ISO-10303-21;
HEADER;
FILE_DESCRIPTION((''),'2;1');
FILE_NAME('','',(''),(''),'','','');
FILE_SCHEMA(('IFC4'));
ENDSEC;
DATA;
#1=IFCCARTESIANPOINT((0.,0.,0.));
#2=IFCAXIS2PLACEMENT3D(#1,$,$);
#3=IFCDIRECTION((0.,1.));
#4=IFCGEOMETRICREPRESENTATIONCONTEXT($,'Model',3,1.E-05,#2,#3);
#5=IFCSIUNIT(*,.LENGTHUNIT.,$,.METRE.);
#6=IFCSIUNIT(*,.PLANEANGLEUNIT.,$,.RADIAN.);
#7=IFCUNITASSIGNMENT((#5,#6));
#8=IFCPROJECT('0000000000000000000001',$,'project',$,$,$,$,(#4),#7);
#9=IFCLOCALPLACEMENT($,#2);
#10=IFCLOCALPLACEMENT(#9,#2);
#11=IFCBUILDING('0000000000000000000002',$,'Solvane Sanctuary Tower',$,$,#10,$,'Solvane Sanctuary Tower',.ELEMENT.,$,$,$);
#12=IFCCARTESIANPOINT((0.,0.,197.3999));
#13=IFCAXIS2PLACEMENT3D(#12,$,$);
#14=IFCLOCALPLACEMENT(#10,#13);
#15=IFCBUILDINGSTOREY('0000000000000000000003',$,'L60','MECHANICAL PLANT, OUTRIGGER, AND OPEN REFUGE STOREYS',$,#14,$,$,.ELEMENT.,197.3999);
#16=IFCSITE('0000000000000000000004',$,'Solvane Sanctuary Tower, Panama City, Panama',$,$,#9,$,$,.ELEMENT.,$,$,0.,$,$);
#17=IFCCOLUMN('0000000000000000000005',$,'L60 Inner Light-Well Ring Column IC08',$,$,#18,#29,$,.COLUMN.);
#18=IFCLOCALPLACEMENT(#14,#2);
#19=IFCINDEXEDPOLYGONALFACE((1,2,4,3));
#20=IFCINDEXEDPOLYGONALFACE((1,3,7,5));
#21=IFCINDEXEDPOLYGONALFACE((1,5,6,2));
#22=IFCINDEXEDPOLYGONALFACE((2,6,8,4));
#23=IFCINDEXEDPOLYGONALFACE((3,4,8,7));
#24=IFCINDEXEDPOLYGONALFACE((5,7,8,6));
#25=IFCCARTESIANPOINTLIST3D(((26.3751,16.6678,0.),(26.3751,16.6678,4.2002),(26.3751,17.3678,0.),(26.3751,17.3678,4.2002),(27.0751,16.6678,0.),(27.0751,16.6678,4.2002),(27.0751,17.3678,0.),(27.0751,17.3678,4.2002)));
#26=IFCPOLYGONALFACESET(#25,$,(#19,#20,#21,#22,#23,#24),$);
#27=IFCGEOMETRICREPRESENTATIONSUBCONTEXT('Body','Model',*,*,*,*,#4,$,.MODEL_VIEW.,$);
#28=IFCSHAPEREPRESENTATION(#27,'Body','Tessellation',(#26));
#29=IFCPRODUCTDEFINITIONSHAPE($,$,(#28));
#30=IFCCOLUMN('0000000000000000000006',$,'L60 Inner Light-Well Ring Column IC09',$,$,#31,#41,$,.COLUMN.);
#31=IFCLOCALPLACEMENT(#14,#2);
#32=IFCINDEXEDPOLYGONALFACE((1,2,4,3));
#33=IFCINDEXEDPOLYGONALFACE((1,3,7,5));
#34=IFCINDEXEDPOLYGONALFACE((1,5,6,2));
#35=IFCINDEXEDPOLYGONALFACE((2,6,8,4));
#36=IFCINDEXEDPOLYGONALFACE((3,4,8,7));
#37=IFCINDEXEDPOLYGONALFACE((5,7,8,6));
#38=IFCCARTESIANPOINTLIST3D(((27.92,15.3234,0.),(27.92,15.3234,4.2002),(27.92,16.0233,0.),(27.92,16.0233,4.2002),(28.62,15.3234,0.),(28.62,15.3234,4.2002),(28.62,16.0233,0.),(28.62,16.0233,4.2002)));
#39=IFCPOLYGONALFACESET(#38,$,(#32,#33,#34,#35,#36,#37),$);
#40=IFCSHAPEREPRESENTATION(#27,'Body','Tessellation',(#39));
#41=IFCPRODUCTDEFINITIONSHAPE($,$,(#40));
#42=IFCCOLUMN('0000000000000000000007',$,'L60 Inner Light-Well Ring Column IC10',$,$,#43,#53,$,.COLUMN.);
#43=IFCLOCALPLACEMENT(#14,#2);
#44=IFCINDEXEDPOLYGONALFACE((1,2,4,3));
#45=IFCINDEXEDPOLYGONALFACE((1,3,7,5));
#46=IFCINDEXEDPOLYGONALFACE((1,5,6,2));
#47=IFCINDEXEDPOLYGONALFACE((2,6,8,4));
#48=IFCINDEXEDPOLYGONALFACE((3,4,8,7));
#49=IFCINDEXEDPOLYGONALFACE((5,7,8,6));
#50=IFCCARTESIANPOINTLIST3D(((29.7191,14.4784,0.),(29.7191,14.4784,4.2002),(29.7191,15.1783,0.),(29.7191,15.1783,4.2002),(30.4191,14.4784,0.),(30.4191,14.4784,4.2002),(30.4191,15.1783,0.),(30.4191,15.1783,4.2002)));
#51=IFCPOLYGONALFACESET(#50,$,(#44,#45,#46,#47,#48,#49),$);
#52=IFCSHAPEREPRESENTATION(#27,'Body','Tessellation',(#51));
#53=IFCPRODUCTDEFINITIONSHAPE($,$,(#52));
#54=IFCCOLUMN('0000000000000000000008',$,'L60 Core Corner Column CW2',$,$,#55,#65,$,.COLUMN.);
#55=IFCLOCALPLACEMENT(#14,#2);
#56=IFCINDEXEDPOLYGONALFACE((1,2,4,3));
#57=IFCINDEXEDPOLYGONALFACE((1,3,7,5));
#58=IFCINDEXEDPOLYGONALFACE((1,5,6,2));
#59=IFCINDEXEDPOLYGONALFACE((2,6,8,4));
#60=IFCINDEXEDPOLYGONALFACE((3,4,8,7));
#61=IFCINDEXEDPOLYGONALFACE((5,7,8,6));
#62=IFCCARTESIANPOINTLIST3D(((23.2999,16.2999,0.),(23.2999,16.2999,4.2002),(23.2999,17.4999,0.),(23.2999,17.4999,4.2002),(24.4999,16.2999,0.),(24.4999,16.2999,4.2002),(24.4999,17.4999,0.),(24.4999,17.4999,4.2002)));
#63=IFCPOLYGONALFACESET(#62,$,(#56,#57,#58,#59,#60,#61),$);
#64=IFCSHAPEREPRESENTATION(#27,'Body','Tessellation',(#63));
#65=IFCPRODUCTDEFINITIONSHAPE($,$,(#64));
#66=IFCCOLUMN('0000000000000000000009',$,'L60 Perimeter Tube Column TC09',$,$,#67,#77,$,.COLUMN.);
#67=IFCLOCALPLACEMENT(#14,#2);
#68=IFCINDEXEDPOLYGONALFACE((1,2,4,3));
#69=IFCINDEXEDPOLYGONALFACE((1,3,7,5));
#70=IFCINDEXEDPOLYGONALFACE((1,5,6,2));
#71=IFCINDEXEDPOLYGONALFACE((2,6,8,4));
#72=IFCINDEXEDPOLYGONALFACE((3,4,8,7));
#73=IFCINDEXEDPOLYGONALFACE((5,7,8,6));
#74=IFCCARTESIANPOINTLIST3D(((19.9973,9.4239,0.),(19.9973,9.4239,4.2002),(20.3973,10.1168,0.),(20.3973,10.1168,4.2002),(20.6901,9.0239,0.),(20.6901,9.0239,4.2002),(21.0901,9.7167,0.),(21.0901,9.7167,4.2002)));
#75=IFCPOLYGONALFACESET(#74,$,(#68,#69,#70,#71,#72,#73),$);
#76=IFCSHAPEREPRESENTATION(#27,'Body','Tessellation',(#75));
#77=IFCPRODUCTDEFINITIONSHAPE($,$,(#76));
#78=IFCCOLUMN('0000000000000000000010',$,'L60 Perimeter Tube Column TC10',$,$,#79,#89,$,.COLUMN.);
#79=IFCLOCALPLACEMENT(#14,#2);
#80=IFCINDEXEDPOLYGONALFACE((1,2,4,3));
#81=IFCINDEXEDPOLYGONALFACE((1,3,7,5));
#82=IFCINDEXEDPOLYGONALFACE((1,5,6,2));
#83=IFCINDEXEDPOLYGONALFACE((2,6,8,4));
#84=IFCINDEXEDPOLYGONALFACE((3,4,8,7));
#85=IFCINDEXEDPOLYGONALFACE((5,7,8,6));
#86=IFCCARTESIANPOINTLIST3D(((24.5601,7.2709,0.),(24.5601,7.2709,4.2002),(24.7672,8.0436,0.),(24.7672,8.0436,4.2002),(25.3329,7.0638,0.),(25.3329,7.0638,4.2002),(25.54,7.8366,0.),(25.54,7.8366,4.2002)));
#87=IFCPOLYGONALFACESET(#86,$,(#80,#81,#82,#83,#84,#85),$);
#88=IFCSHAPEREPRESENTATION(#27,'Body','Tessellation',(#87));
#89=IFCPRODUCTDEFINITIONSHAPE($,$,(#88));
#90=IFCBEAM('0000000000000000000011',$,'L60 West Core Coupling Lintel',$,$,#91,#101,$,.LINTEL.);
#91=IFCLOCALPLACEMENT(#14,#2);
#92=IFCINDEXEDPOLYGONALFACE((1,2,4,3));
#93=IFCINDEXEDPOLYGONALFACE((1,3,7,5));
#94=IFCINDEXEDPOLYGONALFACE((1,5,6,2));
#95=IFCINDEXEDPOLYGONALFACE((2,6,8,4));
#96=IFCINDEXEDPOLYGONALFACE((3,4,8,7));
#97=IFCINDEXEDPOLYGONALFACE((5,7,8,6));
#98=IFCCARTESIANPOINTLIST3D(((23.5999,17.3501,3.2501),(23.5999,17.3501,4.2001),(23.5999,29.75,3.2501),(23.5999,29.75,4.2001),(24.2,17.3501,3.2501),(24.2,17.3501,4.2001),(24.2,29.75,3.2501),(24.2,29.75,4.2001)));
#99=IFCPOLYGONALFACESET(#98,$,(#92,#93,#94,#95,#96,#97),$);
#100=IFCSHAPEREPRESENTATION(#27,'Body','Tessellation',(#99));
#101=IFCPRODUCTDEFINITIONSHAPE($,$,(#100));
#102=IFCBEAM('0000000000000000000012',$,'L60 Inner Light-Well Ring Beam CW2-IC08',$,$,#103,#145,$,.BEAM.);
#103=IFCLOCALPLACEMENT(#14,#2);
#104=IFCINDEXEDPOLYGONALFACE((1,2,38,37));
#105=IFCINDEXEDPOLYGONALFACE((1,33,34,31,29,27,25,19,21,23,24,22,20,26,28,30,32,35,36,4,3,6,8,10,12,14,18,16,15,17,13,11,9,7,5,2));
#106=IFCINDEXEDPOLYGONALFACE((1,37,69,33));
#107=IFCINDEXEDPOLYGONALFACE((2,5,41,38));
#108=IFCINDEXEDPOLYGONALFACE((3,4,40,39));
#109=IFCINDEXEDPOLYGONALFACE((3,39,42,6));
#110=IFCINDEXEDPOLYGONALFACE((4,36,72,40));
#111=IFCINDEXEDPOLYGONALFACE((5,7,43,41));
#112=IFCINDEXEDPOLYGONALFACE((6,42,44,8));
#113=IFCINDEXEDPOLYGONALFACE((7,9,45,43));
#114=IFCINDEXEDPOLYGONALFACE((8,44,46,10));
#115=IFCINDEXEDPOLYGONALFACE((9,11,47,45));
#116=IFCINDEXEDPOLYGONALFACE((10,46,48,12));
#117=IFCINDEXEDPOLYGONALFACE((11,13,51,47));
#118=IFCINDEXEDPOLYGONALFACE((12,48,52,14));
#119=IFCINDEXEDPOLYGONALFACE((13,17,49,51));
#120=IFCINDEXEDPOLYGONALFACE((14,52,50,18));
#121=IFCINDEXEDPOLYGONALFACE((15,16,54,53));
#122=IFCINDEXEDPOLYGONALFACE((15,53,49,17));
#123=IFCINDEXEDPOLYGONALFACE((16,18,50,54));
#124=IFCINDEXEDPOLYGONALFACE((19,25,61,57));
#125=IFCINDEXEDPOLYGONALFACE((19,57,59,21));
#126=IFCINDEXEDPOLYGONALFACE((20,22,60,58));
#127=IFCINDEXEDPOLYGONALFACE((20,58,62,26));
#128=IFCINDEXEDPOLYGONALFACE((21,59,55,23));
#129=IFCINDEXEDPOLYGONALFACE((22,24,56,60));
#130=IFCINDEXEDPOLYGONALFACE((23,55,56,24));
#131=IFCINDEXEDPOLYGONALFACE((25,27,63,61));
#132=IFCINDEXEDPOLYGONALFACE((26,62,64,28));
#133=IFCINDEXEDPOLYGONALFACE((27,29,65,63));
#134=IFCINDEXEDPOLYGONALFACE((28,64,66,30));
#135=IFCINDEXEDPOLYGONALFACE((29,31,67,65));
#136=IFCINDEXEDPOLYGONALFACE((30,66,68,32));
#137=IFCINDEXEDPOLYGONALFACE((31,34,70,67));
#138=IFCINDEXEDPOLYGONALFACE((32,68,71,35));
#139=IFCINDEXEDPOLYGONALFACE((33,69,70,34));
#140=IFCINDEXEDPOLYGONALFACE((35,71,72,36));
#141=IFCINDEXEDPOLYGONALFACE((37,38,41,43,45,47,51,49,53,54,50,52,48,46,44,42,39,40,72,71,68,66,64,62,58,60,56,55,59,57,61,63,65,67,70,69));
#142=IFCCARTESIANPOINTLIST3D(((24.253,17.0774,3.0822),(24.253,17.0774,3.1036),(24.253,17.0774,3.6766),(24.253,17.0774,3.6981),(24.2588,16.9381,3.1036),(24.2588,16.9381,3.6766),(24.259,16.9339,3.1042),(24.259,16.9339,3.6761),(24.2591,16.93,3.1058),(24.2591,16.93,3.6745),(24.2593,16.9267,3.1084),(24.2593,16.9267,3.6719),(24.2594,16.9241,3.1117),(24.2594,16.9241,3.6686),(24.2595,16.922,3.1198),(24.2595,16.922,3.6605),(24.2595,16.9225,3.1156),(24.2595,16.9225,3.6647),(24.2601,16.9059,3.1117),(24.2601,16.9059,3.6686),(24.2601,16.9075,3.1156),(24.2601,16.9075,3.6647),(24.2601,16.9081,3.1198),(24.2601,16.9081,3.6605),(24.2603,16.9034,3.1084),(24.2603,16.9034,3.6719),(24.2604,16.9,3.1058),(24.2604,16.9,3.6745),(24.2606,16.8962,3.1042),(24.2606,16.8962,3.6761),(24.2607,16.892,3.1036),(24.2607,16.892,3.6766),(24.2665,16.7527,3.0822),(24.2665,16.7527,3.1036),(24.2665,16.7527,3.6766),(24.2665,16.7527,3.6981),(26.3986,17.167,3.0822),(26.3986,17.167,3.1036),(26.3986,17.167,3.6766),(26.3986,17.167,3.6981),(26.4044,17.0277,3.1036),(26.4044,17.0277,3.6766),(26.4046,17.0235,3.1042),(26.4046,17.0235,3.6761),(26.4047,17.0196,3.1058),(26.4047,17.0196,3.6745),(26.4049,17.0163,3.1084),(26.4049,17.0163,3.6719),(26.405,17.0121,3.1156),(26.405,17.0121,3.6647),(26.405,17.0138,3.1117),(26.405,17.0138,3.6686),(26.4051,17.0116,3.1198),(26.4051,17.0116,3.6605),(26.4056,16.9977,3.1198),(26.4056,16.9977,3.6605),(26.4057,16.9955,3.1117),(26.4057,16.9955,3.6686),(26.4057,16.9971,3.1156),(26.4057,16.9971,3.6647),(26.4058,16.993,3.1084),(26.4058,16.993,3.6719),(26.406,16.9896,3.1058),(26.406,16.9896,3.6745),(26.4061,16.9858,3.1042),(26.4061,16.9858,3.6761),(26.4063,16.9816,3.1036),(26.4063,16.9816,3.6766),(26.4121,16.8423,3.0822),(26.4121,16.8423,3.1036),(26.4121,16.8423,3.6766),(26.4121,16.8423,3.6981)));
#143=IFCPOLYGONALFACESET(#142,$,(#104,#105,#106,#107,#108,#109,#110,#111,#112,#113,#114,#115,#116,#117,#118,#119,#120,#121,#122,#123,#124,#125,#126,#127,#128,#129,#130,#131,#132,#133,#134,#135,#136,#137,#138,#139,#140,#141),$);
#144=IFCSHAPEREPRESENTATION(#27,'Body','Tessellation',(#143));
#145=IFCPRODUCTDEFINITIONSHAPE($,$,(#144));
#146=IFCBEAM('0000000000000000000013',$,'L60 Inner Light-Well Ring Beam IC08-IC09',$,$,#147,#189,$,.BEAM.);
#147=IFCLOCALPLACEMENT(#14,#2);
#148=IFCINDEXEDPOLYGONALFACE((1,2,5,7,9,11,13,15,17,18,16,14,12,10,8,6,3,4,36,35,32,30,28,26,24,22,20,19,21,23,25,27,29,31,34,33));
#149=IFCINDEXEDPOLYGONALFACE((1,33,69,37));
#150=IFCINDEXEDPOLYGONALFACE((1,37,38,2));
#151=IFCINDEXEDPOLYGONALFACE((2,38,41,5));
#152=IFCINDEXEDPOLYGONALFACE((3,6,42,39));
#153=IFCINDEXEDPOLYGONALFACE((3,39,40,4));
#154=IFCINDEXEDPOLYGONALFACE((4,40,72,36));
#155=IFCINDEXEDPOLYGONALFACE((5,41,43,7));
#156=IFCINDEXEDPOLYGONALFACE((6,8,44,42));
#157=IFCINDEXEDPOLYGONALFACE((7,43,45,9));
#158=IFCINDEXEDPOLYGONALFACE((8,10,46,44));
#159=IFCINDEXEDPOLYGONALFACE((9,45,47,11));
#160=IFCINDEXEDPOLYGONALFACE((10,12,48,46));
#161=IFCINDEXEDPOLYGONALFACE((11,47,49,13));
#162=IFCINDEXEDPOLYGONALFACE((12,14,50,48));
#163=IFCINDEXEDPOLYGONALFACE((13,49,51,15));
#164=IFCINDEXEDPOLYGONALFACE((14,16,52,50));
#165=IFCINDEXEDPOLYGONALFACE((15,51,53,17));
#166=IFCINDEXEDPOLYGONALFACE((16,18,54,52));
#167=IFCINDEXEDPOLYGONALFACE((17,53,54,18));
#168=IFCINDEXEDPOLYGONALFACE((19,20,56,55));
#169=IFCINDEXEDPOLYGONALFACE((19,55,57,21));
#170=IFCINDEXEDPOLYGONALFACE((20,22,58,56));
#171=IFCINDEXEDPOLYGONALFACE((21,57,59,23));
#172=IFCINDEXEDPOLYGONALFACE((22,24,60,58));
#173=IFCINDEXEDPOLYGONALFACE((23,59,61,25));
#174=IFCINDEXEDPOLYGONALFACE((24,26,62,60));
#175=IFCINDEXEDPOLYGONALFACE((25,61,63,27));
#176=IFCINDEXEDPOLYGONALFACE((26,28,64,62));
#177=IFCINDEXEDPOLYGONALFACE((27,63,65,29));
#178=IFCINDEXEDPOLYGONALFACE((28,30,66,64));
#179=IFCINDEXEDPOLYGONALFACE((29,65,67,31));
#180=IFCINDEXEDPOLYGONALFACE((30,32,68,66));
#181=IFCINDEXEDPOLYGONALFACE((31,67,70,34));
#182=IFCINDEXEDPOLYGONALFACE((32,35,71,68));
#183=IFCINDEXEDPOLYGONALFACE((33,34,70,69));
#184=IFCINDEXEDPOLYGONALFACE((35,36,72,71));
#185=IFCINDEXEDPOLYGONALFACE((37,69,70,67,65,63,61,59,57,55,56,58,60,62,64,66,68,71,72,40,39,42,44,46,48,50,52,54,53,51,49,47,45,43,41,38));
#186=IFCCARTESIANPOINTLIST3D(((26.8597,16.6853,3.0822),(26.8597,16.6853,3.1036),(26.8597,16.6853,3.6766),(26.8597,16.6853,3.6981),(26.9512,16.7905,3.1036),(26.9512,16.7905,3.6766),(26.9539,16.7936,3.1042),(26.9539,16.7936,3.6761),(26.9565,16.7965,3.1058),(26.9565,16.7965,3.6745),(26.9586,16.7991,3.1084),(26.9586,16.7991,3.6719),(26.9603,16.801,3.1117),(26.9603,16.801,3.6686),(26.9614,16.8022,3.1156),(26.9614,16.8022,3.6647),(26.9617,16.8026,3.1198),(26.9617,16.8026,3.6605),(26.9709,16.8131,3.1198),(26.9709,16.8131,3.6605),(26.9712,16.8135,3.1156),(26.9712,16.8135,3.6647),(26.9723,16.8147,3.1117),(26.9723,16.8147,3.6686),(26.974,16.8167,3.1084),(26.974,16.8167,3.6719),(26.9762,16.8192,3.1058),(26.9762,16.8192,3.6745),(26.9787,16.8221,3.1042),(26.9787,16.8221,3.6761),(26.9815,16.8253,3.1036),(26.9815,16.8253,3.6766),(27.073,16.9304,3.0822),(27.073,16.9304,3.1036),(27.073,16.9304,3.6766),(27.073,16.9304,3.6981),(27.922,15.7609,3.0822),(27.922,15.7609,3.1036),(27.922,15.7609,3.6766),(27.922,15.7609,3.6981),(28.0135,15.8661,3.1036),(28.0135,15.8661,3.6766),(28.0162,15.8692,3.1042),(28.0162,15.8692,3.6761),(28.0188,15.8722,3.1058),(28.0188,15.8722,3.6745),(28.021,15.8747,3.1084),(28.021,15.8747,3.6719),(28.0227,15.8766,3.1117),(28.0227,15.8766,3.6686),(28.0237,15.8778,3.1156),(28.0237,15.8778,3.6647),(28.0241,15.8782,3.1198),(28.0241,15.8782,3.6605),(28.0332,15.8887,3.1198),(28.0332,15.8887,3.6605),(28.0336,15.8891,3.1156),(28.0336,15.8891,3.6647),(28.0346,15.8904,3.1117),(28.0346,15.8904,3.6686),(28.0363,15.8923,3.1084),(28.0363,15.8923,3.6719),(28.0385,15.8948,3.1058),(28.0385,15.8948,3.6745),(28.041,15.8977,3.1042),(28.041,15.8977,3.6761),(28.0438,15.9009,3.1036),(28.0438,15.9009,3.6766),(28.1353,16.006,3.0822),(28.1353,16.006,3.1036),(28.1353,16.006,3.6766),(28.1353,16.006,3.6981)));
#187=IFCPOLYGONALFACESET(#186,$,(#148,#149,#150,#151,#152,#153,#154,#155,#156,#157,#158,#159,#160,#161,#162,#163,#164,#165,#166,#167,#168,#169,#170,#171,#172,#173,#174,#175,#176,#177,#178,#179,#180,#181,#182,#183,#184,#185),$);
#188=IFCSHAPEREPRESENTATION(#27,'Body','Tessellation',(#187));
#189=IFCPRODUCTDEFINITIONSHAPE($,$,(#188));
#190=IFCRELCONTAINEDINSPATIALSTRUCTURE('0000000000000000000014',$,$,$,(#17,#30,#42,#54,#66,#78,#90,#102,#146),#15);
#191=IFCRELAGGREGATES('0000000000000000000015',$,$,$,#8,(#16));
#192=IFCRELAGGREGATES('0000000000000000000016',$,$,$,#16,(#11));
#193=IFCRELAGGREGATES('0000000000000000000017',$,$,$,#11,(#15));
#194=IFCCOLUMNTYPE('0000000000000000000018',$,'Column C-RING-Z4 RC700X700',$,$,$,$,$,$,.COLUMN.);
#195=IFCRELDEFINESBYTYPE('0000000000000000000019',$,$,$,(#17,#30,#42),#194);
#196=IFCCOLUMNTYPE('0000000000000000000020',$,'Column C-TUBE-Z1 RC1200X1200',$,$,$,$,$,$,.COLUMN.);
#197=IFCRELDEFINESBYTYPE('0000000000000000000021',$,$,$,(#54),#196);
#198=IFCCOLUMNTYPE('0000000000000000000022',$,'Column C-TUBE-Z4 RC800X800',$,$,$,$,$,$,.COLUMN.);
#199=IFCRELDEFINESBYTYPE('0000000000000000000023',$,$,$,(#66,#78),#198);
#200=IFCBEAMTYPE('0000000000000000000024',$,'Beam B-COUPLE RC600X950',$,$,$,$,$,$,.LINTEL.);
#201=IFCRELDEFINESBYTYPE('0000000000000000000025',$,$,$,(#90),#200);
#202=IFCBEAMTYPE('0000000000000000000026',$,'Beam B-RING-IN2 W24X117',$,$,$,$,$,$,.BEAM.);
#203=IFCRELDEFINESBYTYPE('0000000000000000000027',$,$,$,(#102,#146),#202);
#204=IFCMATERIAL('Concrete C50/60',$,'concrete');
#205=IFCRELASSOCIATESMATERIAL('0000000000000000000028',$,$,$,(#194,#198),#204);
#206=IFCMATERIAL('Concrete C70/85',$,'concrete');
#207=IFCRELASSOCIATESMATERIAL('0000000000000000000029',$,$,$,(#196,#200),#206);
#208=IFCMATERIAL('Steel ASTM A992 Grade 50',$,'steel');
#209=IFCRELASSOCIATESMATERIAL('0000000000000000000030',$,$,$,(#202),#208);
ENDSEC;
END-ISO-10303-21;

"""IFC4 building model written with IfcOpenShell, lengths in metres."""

from ifc_helpers import new_model, si_unit, direction, frame, origin, origin_2d, place, context, subcontext, project, spatial, rectangle, i_section, extrude, material, material_profile, profile_set, type_object, element, save


model = new_model("IFC4")

# Units and contexts
model_context = context("Model", 3, precision=1e-05, world=origin(), true_north=direction((0.0, 1.0)))
body_context = subcontext(model_context, "Body", "Model", "MODEL_VIEW")
ifc_project = project(units=[si_unit("LENGTHUNIT", "METRE"), si_unit("PLANEANGLEUNIT", "RADIAN")], contexts=[model_context])

# Site, building, storey
site_placement = place(None, origin())
site = spatial("IfcSite", under=ifc_project, at=site_placement, Name="Solvane Sanctuary Tower, Panama City, Panama", CompositionType="ELEMENT", RefElevation=0.0)
building_placement = place(site_placement, origin())
building = spatial("IfcBuilding", under=site, at=building_placement, Name="Solvane Sanctuary Tower", LongName="Solvane Sanctuary Tower", CompositionType="ELEMENT")
storey_placement = place(building_placement, frame((0.0, 0.0, 197.3999)))
storey = spatial("IfcBuildingStorey", under=building, at=storey_placement, Name="L60", Description="MECHANICAL PLANT, OUTRIGGER, AND OPEN REFUGE STOREYS", CompositionType="ELEMENT", Elevation=197.3999)

# Columns
ifc_material_1 = material(Name="Concrete C50/60", Category="concrete")
ifc_material_profile_1 = material_profile(ifc_material_1, rectangle(XDim=0.7, YDim=0.7, at=origin_2d()), Name="RC700X700")
ifc_profile_set_1 = profile_set([ifc_material_profile_1], Name="Concrete C50/60")
column_type_1 = type_object("IfcColumnType", Name="Column C-RING-Z4 RC700X700", PredefinedType="COLUMN", material=ifc_profile_set_1)
for number, where, z_axis, x_axis, name in (
    (1, (26.7251, 17.0178, 0.0), (0.0, 0.0, 1.0), (1.0, 0.0, 0.0), "L60 Inner Light-Well Ring Column IC08"),
    (2, (28.27, 15.6733, 0.0), (0.0, 0.0, 1.0), (1.0, 0.0, 0.0), "L60 Inner Light-Well Ring Column IC09"),
    (3, (30.0691, 14.8284, 0.0), (0.0, 0.0, 1.0), (1.0, 0.0, 0.0), "L60 Inner Light-Well Ring Column IC10"),
):
    element("IfcColumn", number, at=place(storey_placement, frame(where, z_axis=z_axis, x_axis=x_axis)), inside=storey, type_object=column_type_1, Name=name, PredefinedType="COLUMN", context=body_context, shape_type="SweptSolid", body=[
        extrude(rectangle(XDim=0.7, YDim=0.7, at=origin_2d()), origin(), (0.0, 0.0, 1.0), 4.2002),
    ])
ifc_material_2 = material(Name="Concrete C70/85", Category="concrete")
ifc_material_profile_2 = material_profile(ifc_material_2, rectangle(XDim=1.2, YDim=1.2, at=origin_2d()), Name="RC1200X1200")
ifc_profile_set_2 = profile_set([ifc_material_profile_2], Name="Concrete C70/85")
column_type_2 = type_object("IfcColumnType", Name="Column C-TUBE-Z1 RC1200X1200", PredefinedType="COLUMN", material=ifc_profile_set_2)
column_placement = place(storey_placement, frame((23.8999, 16.8999, 0.0), z_axis=(0.0, 0.0, 1.0), x_axis=(1.0, 0.0, 0.0)))
element("IfcColumn", 4, at=column_placement, inside=storey, type_object=column_type_2, Name="L60 Core Corner Column CW2", PredefinedType="COLUMN", context=body_context, shape_type="SweptSolid", body=[
    extrude(rectangle(XDim=1.2, YDim=1.2, at=origin_2d()), origin(), (0.0, 0.0, 1.0), 4.2002),
])
ifc_material_profile_3 = material_profile(ifc_material_1, rectangle(XDim=0.8, YDim=0.8, at=origin_2d()), Name="RC800X800")
ifc_profile_set_3 = profile_set([ifc_material_profile_3], Name="Concrete C50/60")
column_type_3 = type_object("IfcColumnType", Name="Column C-TUBE-Z4 RC800X800", PredefinedType="COLUMN", material=ifc_profile_set_3)
for number, where, z_axis, x_axis, name in (
    (5, (20.5437, 9.5703, 0.0), (0.0, 0.0, 1.0), (-0.5, -0.866025, 0.0), "L60 Perimeter Tube Column TC09"),
    (6, (25.05, 7.5537, 0.0), (0.0, 0.0, 1.0), (-0.258819, -0.965926, 0.0), "L60 Perimeter Tube Column TC10"),
):
    element("IfcColumn", number, at=place(storey_placement, frame(where, z_axis=z_axis, x_axis=x_axis)), inside=storey, type_object=column_type_3, Name=name, PredefinedType="COLUMN", context=body_context, shape_type="SweptSolid", body=[
        extrude(rectangle(XDim=0.8, YDim=0.8, at=origin_2d()), origin(), (0.0, 0.0, 1.0), 4.2002),
    ])

# Beams
ifc_material_profile_4 = material_profile(ifc_material_2, rectangle(XDim=0.6001, YDim=0.95, at=origin_2d()), Name="RC600X950")
ifc_profile_set_4 = profile_set([ifc_material_profile_4], Name="Concrete C70/85")
beam_type_1 = type_object("IfcBeamType", Name="Beam B-COUPLE RC600X950", PredefinedType="LINTEL", material=ifc_profile_set_4)
beam_1_placement = place(storey_placement, frame((23.8999, 17.3501, 3.7251), z_axis=(0.0, 1.0, 0.0), x_axis=(-1.0, 0.0, 0.0)))
element("IfcBeam", 7, at=beam_1_placement, inside=storey, type_object=beam_type_1, Name="L60 West Core Coupling Lintel", PredefinedType="LINTEL", context=body_context, shape_type="SweptSolid", body=[
    extrude(rectangle(XDim=0.6001, YDim=0.95, at=origin_2d()), origin(), (0.0, 0.0, 1.0), 12.3999),
])
ifc_material_3 = material(Name="Steel ASTM A992 Grade 50", Category="steel")
ifc_material_profile_5 = material_profile(ifc_material_3, i_section(OverallWidth=0.325, OverallDepth=0.616, WebThickness=0.0139, FlangeThickness=0.0215, FilletRadius=0.0161, at=origin_2d()), Name="W24X117")
ifc_profile_set_5 = profile_set([ifc_material_profile_5], Name="Steel ASTM A992 Grade 50")
beam_type_2 = type_object("IfcBeamType", Name="Beam B-RING-IN2 W24X117", PredefinedType="BEAM", material=ifc_profile_set_5)
beam_2_placement = place(storey_placement, frame((24.2598, 16.915, 3.3901), z_axis=(0.999129, 0.041725, 0.0), x_axis=(-0.041725, 0.999129, 0.0)))
element("IfcBeam", 8, at=beam_2_placement, inside=storey, type_object=beam_type_2, Name="L60 Inner Light-Well Ring Beam CW2-IC08", PredefinedType="BEAM", context=body_context, shape_type="SweptSolid", body=[
    extrude(i_section(OverallWidth=0.325, OverallDepth=0.616, WebThickness=0.0139, FlangeThickness=0.0215, FilletRadius=0.0161, at=origin_2d()), origin(), (0.0, 0.0, 1.0), 2.1475),
])
beam_3_placement = place(storey_placement, frame((26.9663, 16.8079, 3.3901), z_axis=(0.754389, -0.656428, 0.0), x_axis=(0.656428, 0.754389, 0.0)))
element("IfcBeam", 9, at=beam_3_placement, inside=storey, type_object=beam_type_2, Name="L60 Inner Light-Well Ring Beam IC08-IC09", PredefinedType="BEAM", context=body_context, shape_type="SweptSolid", body=[
    extrude(i_section(OverallWidth=0.325, OverallDepth=0.616, WebThickness=0.0139, FlangeThickness=0.0215, FilletRadius=0.0161, at=origin_2d()), origin(), (0.0, 0.0, 1.0), 1.4082),
])

save(model, "model.ifc")
